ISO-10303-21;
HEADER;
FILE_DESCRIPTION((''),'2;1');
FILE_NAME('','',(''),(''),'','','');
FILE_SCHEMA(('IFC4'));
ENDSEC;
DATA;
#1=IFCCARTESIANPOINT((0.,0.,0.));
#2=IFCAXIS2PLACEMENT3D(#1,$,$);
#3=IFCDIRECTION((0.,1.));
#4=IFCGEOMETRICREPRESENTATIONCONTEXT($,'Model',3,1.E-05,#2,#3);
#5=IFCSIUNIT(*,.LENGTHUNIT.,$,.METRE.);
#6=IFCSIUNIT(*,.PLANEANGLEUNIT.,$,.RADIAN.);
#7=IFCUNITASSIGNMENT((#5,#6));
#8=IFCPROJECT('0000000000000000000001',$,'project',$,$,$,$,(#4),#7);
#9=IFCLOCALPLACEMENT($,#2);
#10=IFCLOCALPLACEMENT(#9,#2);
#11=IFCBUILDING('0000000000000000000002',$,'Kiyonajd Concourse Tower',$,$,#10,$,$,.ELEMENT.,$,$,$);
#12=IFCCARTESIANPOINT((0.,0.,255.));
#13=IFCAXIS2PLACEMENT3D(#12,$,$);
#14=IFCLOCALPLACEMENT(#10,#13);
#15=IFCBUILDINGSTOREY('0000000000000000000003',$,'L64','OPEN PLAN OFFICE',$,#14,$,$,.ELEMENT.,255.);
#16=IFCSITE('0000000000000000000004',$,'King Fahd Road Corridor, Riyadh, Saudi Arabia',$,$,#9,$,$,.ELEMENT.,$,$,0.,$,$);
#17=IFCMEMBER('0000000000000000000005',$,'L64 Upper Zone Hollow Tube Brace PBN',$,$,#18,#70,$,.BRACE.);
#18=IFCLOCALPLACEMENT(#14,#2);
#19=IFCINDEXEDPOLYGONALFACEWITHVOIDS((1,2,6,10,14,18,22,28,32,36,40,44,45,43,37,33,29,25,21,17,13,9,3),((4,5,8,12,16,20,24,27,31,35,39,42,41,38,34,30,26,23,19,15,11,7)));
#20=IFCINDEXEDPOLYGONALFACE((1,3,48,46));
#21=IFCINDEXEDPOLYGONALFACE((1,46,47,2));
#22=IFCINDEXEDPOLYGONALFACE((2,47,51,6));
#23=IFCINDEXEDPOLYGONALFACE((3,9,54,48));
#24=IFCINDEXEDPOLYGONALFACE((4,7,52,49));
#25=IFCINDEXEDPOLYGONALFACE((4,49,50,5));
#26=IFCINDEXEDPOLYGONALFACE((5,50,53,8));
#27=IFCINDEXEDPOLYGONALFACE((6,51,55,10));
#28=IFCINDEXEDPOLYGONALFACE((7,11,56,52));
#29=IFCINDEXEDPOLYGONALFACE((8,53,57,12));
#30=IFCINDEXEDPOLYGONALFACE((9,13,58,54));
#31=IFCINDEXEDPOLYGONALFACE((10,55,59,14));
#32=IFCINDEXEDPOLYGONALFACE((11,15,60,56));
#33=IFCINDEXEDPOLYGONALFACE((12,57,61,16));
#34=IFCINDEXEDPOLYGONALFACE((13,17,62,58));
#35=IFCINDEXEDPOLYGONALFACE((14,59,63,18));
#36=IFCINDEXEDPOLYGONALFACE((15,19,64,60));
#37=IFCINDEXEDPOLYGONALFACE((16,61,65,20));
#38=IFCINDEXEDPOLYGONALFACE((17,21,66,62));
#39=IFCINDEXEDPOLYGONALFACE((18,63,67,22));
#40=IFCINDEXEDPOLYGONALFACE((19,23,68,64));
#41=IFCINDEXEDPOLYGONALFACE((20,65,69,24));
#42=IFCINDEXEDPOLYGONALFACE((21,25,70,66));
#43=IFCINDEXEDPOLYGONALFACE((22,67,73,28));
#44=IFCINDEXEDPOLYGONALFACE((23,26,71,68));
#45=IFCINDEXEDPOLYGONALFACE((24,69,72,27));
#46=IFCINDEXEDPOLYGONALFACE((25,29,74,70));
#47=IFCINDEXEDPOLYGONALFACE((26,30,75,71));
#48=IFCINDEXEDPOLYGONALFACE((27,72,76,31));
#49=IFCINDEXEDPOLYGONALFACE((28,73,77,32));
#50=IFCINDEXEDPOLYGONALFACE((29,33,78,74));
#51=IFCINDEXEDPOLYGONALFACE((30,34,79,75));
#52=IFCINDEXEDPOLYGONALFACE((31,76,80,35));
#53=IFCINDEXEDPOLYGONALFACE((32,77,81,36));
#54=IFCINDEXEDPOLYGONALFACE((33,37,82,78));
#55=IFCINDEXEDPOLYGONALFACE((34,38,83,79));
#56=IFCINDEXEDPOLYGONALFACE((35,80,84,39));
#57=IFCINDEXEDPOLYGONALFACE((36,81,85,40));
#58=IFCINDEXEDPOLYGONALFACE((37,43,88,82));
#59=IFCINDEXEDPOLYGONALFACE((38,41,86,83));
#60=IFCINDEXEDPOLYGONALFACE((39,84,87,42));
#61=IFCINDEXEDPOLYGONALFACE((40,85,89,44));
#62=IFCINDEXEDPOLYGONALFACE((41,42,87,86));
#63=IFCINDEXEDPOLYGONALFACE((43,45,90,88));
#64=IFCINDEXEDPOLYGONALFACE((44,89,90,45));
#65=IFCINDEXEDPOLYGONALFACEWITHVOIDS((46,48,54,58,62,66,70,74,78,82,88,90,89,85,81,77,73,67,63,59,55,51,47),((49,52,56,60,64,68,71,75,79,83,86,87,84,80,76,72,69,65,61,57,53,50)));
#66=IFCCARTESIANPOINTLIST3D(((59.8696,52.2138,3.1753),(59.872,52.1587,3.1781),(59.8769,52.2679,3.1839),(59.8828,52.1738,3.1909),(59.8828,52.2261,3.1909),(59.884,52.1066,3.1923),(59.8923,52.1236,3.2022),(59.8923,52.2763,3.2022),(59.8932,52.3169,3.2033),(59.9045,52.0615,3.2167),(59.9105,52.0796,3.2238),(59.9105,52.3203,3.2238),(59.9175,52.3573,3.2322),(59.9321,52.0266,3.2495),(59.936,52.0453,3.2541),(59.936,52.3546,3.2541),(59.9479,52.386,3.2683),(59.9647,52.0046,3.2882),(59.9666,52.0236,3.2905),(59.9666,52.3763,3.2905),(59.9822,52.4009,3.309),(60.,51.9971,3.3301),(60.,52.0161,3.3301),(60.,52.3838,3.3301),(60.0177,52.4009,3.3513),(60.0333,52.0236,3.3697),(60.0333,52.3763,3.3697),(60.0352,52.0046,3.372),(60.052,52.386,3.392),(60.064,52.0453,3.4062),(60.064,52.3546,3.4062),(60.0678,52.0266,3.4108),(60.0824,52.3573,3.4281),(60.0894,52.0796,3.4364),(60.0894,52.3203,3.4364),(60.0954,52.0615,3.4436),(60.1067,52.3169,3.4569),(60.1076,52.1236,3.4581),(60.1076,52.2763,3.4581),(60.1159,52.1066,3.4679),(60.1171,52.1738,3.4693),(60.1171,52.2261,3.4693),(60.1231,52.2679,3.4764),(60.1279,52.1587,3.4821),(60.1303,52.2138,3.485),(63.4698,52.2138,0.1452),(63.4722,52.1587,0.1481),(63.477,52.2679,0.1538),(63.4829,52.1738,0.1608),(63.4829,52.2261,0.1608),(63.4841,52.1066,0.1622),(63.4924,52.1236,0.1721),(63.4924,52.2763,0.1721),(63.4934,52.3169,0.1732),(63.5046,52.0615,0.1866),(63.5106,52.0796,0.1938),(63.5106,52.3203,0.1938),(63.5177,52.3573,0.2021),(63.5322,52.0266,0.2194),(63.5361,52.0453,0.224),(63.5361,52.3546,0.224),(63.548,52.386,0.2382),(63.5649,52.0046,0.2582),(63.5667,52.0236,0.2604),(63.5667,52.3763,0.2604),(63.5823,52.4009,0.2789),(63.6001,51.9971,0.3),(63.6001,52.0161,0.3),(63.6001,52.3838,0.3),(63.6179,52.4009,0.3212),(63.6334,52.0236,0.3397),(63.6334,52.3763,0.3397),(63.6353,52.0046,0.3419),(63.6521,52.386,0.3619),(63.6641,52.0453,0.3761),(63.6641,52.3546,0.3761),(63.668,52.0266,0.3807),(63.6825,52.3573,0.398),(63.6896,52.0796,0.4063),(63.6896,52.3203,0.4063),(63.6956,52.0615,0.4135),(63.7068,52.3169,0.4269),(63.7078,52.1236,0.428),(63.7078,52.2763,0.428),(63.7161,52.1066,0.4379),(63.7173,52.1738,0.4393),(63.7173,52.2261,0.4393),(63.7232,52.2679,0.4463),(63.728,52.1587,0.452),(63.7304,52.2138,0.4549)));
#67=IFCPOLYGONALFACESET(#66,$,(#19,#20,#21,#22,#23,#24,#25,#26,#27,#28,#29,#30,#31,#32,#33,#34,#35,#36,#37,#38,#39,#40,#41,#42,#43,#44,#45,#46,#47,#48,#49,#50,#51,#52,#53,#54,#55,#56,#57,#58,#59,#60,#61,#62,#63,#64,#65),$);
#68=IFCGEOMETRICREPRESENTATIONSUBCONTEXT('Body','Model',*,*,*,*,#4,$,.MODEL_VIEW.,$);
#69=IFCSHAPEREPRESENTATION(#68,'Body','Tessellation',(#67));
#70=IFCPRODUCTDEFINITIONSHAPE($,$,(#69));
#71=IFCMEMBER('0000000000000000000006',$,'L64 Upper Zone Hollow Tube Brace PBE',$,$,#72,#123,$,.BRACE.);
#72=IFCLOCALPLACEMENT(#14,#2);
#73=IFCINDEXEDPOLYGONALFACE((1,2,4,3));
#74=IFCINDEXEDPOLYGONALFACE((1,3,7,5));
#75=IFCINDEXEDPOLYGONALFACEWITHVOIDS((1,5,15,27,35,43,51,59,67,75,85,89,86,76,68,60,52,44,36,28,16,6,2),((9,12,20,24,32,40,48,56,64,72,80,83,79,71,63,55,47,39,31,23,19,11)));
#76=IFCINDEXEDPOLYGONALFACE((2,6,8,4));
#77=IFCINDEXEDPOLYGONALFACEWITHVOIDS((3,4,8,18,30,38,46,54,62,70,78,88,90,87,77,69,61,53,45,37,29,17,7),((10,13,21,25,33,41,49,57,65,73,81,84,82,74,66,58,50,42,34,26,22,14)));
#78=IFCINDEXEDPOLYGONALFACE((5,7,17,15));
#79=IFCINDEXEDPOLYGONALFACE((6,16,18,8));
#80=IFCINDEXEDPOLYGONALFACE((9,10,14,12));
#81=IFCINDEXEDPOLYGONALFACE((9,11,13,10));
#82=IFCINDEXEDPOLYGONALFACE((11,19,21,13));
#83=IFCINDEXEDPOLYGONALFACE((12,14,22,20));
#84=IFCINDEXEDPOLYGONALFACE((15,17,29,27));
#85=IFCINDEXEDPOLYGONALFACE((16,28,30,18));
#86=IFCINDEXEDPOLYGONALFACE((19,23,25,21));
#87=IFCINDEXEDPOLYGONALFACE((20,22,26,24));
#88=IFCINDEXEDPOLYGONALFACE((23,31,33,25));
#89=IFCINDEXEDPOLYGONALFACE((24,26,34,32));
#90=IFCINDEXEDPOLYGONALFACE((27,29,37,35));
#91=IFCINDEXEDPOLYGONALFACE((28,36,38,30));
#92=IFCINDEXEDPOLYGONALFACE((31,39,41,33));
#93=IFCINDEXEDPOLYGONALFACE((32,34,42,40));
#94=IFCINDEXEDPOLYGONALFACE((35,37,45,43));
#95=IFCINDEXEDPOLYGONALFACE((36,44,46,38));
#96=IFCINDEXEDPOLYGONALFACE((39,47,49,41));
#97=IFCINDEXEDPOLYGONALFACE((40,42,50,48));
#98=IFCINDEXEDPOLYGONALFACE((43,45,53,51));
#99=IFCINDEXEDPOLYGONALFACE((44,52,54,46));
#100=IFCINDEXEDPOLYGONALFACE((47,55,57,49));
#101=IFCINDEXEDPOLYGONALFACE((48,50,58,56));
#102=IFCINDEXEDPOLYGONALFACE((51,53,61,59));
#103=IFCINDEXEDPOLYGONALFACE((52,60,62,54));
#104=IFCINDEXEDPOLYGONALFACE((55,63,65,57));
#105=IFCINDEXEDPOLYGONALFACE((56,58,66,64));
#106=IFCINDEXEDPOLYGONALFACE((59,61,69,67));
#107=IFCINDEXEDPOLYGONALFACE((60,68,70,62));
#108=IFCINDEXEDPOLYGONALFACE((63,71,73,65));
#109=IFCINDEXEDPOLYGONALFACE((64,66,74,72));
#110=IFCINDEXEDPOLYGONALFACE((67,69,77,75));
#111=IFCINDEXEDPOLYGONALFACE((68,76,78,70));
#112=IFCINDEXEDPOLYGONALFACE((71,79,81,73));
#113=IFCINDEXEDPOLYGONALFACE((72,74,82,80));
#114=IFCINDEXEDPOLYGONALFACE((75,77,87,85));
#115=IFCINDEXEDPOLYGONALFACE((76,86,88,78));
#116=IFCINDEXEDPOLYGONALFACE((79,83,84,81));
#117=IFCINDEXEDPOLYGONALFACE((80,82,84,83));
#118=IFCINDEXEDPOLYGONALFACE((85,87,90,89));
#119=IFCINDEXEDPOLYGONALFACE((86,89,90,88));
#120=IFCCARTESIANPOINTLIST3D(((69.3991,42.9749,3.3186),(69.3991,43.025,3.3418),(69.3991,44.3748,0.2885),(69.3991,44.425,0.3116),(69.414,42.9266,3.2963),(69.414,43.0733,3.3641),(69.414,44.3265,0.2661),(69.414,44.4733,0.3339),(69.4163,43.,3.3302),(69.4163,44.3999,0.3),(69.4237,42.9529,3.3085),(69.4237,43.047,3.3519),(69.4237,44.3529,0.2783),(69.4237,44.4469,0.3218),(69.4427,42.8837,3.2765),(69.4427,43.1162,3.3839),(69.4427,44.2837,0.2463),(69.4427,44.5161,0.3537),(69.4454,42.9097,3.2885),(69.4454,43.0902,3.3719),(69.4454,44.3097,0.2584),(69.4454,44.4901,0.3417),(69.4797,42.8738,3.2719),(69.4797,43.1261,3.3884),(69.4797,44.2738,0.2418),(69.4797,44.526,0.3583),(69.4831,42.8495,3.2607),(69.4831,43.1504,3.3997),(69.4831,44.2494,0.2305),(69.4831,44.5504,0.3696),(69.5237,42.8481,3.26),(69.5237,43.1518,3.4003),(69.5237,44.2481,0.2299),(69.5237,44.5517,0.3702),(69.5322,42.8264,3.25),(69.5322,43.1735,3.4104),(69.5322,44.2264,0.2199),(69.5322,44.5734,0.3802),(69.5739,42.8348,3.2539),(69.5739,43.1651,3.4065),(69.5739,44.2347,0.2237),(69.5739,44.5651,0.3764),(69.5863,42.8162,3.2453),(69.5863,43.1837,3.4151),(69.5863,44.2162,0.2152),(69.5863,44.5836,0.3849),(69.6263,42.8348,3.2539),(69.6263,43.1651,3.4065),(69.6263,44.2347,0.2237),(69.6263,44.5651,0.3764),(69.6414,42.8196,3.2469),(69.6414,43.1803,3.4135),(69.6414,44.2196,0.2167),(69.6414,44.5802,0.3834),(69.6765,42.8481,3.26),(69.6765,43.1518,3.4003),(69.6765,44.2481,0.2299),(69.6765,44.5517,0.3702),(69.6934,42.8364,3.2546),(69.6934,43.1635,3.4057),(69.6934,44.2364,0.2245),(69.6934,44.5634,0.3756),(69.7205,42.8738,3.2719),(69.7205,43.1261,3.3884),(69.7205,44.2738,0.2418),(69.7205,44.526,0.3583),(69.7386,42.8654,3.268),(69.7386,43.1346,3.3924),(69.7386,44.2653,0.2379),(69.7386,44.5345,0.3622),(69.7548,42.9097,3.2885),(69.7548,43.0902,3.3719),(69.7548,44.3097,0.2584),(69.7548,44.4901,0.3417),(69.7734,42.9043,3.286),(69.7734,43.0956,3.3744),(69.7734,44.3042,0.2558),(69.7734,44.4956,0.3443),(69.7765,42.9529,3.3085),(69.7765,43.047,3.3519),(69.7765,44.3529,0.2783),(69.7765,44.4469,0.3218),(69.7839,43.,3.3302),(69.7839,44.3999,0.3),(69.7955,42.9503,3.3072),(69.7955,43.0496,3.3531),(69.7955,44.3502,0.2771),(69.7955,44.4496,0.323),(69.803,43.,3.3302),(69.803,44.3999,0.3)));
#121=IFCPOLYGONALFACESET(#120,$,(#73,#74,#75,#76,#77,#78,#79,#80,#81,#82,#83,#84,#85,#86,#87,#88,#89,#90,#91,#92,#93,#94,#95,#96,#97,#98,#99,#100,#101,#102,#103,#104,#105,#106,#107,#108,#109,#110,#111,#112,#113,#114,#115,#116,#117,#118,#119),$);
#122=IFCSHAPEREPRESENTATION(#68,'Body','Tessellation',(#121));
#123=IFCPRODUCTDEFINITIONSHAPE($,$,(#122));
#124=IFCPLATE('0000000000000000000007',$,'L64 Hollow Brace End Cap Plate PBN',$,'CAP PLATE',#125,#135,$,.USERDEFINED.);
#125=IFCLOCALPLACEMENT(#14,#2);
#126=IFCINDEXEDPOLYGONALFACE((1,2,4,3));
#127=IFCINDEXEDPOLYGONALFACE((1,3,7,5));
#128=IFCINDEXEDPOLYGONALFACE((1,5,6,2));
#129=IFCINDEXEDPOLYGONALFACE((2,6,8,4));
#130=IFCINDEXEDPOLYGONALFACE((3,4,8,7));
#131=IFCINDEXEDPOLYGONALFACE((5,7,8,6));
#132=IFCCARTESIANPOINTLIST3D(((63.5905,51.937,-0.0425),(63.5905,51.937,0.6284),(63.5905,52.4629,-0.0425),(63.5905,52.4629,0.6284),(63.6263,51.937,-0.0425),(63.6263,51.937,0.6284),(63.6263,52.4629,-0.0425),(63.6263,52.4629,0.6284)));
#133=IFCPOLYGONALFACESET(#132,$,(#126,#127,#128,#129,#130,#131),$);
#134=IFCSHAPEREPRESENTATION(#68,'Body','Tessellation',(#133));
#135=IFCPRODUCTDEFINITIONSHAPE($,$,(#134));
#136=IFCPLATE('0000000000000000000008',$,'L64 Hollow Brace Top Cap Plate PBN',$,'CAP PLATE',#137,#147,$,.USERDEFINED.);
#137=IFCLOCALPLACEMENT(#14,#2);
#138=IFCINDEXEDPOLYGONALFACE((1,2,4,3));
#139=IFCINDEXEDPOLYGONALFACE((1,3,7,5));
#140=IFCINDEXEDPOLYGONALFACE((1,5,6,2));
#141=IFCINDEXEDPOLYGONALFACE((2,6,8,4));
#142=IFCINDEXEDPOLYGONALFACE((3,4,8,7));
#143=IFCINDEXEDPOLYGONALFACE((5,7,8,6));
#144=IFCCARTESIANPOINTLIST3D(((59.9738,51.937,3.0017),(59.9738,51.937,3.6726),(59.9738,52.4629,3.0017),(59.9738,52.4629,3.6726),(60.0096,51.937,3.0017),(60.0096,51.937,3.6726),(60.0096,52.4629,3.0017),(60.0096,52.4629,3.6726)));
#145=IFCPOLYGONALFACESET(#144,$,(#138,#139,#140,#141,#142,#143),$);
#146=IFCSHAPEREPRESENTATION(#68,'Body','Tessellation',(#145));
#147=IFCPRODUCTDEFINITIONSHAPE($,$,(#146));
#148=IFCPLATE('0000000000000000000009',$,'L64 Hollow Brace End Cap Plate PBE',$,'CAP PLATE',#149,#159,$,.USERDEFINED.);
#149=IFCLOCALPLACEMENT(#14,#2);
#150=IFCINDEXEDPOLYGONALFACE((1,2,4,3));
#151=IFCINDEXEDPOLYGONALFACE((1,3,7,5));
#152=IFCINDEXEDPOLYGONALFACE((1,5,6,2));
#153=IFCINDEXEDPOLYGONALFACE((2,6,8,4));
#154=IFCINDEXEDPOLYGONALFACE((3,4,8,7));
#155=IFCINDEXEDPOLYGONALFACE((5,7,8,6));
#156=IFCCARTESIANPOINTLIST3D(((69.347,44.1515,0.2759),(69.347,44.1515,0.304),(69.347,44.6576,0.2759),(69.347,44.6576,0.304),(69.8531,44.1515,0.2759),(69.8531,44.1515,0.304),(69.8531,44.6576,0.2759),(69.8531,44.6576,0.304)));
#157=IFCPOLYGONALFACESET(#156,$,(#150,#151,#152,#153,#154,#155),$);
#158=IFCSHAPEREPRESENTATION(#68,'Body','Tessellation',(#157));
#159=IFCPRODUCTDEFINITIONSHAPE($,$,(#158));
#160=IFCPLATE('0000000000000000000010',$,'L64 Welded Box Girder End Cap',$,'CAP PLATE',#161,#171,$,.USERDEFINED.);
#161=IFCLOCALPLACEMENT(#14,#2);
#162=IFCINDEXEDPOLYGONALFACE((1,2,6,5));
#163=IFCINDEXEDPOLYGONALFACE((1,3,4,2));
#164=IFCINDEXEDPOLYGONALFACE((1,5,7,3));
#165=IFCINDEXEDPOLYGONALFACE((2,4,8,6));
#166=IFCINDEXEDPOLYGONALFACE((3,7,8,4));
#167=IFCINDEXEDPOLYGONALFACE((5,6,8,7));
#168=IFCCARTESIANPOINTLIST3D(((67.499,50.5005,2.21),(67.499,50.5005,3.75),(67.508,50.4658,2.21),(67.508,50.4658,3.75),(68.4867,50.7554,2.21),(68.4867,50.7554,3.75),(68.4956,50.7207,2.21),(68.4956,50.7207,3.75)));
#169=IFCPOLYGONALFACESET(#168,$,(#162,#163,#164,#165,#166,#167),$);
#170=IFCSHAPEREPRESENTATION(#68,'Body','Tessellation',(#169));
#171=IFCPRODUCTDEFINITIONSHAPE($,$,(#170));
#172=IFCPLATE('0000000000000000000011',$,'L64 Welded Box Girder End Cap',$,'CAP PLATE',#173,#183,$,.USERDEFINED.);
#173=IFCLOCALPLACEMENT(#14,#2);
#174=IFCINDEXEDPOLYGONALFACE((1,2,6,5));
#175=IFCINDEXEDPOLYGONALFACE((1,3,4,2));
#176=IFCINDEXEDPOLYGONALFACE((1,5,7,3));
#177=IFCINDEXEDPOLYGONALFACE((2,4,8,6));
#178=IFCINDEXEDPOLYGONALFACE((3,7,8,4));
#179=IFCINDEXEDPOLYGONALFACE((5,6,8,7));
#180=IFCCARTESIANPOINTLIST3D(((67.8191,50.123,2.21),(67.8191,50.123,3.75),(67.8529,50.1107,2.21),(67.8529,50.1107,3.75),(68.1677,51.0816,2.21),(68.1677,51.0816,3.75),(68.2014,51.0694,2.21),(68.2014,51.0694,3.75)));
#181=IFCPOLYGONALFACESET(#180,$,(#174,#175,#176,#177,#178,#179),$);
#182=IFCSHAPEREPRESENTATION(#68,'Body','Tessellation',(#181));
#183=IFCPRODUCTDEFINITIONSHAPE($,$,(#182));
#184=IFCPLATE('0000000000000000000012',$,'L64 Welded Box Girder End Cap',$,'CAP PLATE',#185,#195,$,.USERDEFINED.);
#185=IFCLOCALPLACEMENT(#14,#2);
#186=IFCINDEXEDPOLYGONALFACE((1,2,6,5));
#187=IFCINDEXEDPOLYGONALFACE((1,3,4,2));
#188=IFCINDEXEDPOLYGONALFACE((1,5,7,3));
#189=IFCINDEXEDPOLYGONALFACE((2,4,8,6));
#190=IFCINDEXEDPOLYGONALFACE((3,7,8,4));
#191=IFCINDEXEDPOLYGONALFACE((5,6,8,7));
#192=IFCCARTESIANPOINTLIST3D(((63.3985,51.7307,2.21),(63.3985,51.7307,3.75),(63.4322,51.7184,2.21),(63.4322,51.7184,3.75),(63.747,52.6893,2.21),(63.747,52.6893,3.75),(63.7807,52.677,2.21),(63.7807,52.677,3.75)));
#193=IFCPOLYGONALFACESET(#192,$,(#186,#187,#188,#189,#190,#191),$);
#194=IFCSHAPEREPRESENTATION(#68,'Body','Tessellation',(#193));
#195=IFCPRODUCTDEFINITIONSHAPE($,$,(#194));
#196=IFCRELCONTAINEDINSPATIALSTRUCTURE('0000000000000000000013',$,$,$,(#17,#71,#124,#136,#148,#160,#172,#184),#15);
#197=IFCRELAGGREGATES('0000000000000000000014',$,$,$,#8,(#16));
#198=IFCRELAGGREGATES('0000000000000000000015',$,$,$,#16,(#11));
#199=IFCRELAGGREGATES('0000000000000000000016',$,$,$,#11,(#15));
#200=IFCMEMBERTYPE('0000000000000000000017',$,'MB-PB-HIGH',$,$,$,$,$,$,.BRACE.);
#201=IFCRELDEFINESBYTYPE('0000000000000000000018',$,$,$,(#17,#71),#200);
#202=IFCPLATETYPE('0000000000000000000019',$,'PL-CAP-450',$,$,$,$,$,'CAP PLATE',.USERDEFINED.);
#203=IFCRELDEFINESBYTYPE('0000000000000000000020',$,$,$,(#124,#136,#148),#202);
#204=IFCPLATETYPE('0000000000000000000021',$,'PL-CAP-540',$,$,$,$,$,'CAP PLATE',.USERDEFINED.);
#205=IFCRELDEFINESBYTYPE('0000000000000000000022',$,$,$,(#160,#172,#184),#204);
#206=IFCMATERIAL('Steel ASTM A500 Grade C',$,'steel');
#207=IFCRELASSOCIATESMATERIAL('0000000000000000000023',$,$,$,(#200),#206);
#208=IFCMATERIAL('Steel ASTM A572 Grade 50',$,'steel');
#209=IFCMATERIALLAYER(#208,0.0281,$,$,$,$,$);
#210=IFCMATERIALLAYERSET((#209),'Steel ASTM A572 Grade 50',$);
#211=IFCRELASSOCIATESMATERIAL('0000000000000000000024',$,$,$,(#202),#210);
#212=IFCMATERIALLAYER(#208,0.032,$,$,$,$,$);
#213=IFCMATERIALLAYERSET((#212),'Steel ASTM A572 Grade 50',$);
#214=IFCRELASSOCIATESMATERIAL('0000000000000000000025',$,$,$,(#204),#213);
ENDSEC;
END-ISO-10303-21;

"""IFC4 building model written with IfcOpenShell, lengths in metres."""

from ifc_helpers import new_model, si_unit, direction, frame, origin, origin_2d, place, context, subcontext, project, spatial, rectangle, hollow_circle, extrude, material, layer, layer_set, material_profile, profile_set, type_object, element, save


model = new_model("IFC4")

# Units and contexts
model_context = context("Model", 3, precision=1e-05, world=origin(), true_north=direction((0.0, 1.0)))
body_context = subcontext(model_context, "Body", "Model", "MODEL_VIEW")
ifc_project = project(units=[si_unit("LENGTHUNIT", "METRE"), si_unit("PLANEANGLEUNIT", "RADIAN")], contexts=[model_context])

# Site, building, storey
site_placement = place(None, origin())
site = spatial("IfcSite", under=ifc_project, at=site_placement, Name="King Fahd Road Corridor, Riyadh, Saudi Arabia", CompositionType="ELEMENT", RefElevation=0.0)
building_placement = place(site_placement, origin())
building = spatial("IfcBuilding", under=site, at=building_placement, Name="Kiyonajd Concourse Tower", CompositionType="ELEMENT")
storey_placement = place(building_placement, frame((0.0, 0.0, 255.0)))
storey = spatial("IfcBuildingStorey", under=building, at=storey_placement, Name="L64", Description="OPEN PLAN OFFICE", CompositionType="ELEMENT", Elevation=255.0)

# Shared definitions
ifc_material_1 = material(Name="Steel ASTM A572 Grade 50", Category="steel")

# Members
ifc_material_2 = material(Name="Steel ASTM A500 Grade C", Category="steel")
ifc_material_profile_1 = material_profile(ifc_material_2, hollow_circle(Radius=0.2029, WallThickness=0.019, at=origin_2d()), Name="CHS-406x19")
ifc_profile_set_1 = profile_set([ifc_material_profile_1], Name="Steel ASTM A500 Grade C")
member_type = type_object("IfcMemberType", Name="MB-PB-HIGH", PredefinedType="BRACE", material=ifc_profile_set_1)
member_1_placement = place(storey_placement, frame((63.6001, 52.2, 0.3), z_axis=(-0.765082, 0.0, 0.643933), x_axis=(0.0, -1.0, 0.0)))
element("IfcMember", 1, at=member_1_placement, inside=storey, type_object=member_type, Name="L64 Upper Zone Hollow Tube Brace PBN", PredefinedType="BRACE", context=body_context, shape_type="SweptSolid", body=[
    extrude(hollow_circle(Radius=0.2029, WallThickness=0.019, at=origin_2d()), origin(), (0.0, 0.0, 1.0), 4.7056),
])
member_2_placement = place(storey_placement, frame((69.6001, 44.3999, 0.3), z_axis=(0.0, -0.419411, 0.907797), x_axis=(1.0, 0.0, 0.0)))
element("IfcMember", 2, at=member_2_placement, inside=storey, type_object=member_type, Name="L64 Upper Zone Hollow Tube Brace PBE", PredefinedType="BRACE", context=body_context, shape_type="SweptSolid", body=[
    extrude(hollow_circle(Radius=0.2029, WallThickness=0.019, at=origin_2d()), origin(), (0.0, 0.0, 1.0), 3.3379),
])

# Plates
ifc_layer_1 = layer(ifc_material_1, 0.0281)
ifc_layer_set_1 = layer_set([ifc_layer_1], Name="Steel ASTM A572 Grade 50")
plate_type_1 = type_object("IfcPlateType", Name="PL-CAP-450", ElementType="CAP PLATE", PredefinedType="USERDEFINED", material=ifc_layer_set_1)
for number, where, z_axis, x_axis, name in (
    (3, (63.6084, 52.2, -0.0425), (0.0, 0.0, 1.0), (1.0, 0.0, 0.0), "L64 Hollow Brace End Cap Plate PBN"),
    (4, (59.9917, 52.2, 3.0017), (0.0, 0.0, 1.0), (-1.0, 0.0, 0.0), "L64 Hollow Brace Top Cap Plate PBN"),
):
    element("IfcPlate", number, at=place(storey_placement, frame(where, z_axis=z_axis, x_axis=x_axis)), inside=storey, type_object=plate_type_1, Name=name, ObjectType="CAP PLATE", PredefinedType="USERDEFINED", context=body_context, shape_type="SweptSolid", body=[
        extrude(rectangle(XDim=0.0359, YDim=0.5259, at=origin_2d()), origin(), (0.0, 0.0, 1.0), 0.6709),
    ])
plate_placement = place(storey_placement, frame((69.6001, 44.4045, 0.2759), z_axis=(0.0, 0.0, 1.0), x_axis=(1.0, 0.0, 0.0)))
element("IfcPlate", 5, at=plate_placement, inside=storey, type_object=plate_type_1, Name="L64 Hollow Brace End Cap Plate PBE", ObjectType="CAP PLATE", PredefinedType="USERDEFINED", context=body_context, shape_type="SweptSolid", body=[
    extrude(rectangle(XDim=0.5061, YDim=0.5061, at=origin_2d()), origin(), (0.0, 0.0, 1.0), 0.0281),
])
ifc_layer_2 = layer(ifc_material_1, 0.032)
ifc_layer_set_2 = layer_set([ifc_layer_2], Name="Steel ASTM A572 Grade 50")
plate_type_2 = type_object("IfcPlateType", Name="PL-CAP-540", ElementType="CAP PLATE", PredefinedType="USERDEFINED", material=ifc_layer_set_2)
for number, where, z_axis, x_axis, name in (
    (6, (67.9973, 50.6106, 2.21), (0.0, 0.0, 1.0), (-0.249873, 0.968279, 0.0), "L64 Welded Box Girder End Cap"),
    (7, (68.0103, 50.5962, 2.21), (0.0, 0.0, 1.0), (0.939812, -0.341692, 0.0), "L64 Welded Box Girder End Cap"),
    (8, (63.5896, 52.2039, 2.21), (0.0, 0.0, 1.0), (-0.939812, 0.341692, 0.0), "L64 Welded Box Girder End Cap"),
):
    element("IfcPlate", number, at=place(storey_placement, frame(where, z_axis=z_axis, x_axis=x_axis)), inside=storey, type_object=plate_type_2, Name=name, ObjectType="CAP PLATE", PredefinedType="USERDEFINED", context=body_context, shape_type="SweptSolid", body=[
        extrude(rectangle(XDim=0.0359, YDim=1.02, at=origin_2d()), origin(), (0.0, 0.0, 1.0), 1.54),
    ])

save(model, "model.ifc")
